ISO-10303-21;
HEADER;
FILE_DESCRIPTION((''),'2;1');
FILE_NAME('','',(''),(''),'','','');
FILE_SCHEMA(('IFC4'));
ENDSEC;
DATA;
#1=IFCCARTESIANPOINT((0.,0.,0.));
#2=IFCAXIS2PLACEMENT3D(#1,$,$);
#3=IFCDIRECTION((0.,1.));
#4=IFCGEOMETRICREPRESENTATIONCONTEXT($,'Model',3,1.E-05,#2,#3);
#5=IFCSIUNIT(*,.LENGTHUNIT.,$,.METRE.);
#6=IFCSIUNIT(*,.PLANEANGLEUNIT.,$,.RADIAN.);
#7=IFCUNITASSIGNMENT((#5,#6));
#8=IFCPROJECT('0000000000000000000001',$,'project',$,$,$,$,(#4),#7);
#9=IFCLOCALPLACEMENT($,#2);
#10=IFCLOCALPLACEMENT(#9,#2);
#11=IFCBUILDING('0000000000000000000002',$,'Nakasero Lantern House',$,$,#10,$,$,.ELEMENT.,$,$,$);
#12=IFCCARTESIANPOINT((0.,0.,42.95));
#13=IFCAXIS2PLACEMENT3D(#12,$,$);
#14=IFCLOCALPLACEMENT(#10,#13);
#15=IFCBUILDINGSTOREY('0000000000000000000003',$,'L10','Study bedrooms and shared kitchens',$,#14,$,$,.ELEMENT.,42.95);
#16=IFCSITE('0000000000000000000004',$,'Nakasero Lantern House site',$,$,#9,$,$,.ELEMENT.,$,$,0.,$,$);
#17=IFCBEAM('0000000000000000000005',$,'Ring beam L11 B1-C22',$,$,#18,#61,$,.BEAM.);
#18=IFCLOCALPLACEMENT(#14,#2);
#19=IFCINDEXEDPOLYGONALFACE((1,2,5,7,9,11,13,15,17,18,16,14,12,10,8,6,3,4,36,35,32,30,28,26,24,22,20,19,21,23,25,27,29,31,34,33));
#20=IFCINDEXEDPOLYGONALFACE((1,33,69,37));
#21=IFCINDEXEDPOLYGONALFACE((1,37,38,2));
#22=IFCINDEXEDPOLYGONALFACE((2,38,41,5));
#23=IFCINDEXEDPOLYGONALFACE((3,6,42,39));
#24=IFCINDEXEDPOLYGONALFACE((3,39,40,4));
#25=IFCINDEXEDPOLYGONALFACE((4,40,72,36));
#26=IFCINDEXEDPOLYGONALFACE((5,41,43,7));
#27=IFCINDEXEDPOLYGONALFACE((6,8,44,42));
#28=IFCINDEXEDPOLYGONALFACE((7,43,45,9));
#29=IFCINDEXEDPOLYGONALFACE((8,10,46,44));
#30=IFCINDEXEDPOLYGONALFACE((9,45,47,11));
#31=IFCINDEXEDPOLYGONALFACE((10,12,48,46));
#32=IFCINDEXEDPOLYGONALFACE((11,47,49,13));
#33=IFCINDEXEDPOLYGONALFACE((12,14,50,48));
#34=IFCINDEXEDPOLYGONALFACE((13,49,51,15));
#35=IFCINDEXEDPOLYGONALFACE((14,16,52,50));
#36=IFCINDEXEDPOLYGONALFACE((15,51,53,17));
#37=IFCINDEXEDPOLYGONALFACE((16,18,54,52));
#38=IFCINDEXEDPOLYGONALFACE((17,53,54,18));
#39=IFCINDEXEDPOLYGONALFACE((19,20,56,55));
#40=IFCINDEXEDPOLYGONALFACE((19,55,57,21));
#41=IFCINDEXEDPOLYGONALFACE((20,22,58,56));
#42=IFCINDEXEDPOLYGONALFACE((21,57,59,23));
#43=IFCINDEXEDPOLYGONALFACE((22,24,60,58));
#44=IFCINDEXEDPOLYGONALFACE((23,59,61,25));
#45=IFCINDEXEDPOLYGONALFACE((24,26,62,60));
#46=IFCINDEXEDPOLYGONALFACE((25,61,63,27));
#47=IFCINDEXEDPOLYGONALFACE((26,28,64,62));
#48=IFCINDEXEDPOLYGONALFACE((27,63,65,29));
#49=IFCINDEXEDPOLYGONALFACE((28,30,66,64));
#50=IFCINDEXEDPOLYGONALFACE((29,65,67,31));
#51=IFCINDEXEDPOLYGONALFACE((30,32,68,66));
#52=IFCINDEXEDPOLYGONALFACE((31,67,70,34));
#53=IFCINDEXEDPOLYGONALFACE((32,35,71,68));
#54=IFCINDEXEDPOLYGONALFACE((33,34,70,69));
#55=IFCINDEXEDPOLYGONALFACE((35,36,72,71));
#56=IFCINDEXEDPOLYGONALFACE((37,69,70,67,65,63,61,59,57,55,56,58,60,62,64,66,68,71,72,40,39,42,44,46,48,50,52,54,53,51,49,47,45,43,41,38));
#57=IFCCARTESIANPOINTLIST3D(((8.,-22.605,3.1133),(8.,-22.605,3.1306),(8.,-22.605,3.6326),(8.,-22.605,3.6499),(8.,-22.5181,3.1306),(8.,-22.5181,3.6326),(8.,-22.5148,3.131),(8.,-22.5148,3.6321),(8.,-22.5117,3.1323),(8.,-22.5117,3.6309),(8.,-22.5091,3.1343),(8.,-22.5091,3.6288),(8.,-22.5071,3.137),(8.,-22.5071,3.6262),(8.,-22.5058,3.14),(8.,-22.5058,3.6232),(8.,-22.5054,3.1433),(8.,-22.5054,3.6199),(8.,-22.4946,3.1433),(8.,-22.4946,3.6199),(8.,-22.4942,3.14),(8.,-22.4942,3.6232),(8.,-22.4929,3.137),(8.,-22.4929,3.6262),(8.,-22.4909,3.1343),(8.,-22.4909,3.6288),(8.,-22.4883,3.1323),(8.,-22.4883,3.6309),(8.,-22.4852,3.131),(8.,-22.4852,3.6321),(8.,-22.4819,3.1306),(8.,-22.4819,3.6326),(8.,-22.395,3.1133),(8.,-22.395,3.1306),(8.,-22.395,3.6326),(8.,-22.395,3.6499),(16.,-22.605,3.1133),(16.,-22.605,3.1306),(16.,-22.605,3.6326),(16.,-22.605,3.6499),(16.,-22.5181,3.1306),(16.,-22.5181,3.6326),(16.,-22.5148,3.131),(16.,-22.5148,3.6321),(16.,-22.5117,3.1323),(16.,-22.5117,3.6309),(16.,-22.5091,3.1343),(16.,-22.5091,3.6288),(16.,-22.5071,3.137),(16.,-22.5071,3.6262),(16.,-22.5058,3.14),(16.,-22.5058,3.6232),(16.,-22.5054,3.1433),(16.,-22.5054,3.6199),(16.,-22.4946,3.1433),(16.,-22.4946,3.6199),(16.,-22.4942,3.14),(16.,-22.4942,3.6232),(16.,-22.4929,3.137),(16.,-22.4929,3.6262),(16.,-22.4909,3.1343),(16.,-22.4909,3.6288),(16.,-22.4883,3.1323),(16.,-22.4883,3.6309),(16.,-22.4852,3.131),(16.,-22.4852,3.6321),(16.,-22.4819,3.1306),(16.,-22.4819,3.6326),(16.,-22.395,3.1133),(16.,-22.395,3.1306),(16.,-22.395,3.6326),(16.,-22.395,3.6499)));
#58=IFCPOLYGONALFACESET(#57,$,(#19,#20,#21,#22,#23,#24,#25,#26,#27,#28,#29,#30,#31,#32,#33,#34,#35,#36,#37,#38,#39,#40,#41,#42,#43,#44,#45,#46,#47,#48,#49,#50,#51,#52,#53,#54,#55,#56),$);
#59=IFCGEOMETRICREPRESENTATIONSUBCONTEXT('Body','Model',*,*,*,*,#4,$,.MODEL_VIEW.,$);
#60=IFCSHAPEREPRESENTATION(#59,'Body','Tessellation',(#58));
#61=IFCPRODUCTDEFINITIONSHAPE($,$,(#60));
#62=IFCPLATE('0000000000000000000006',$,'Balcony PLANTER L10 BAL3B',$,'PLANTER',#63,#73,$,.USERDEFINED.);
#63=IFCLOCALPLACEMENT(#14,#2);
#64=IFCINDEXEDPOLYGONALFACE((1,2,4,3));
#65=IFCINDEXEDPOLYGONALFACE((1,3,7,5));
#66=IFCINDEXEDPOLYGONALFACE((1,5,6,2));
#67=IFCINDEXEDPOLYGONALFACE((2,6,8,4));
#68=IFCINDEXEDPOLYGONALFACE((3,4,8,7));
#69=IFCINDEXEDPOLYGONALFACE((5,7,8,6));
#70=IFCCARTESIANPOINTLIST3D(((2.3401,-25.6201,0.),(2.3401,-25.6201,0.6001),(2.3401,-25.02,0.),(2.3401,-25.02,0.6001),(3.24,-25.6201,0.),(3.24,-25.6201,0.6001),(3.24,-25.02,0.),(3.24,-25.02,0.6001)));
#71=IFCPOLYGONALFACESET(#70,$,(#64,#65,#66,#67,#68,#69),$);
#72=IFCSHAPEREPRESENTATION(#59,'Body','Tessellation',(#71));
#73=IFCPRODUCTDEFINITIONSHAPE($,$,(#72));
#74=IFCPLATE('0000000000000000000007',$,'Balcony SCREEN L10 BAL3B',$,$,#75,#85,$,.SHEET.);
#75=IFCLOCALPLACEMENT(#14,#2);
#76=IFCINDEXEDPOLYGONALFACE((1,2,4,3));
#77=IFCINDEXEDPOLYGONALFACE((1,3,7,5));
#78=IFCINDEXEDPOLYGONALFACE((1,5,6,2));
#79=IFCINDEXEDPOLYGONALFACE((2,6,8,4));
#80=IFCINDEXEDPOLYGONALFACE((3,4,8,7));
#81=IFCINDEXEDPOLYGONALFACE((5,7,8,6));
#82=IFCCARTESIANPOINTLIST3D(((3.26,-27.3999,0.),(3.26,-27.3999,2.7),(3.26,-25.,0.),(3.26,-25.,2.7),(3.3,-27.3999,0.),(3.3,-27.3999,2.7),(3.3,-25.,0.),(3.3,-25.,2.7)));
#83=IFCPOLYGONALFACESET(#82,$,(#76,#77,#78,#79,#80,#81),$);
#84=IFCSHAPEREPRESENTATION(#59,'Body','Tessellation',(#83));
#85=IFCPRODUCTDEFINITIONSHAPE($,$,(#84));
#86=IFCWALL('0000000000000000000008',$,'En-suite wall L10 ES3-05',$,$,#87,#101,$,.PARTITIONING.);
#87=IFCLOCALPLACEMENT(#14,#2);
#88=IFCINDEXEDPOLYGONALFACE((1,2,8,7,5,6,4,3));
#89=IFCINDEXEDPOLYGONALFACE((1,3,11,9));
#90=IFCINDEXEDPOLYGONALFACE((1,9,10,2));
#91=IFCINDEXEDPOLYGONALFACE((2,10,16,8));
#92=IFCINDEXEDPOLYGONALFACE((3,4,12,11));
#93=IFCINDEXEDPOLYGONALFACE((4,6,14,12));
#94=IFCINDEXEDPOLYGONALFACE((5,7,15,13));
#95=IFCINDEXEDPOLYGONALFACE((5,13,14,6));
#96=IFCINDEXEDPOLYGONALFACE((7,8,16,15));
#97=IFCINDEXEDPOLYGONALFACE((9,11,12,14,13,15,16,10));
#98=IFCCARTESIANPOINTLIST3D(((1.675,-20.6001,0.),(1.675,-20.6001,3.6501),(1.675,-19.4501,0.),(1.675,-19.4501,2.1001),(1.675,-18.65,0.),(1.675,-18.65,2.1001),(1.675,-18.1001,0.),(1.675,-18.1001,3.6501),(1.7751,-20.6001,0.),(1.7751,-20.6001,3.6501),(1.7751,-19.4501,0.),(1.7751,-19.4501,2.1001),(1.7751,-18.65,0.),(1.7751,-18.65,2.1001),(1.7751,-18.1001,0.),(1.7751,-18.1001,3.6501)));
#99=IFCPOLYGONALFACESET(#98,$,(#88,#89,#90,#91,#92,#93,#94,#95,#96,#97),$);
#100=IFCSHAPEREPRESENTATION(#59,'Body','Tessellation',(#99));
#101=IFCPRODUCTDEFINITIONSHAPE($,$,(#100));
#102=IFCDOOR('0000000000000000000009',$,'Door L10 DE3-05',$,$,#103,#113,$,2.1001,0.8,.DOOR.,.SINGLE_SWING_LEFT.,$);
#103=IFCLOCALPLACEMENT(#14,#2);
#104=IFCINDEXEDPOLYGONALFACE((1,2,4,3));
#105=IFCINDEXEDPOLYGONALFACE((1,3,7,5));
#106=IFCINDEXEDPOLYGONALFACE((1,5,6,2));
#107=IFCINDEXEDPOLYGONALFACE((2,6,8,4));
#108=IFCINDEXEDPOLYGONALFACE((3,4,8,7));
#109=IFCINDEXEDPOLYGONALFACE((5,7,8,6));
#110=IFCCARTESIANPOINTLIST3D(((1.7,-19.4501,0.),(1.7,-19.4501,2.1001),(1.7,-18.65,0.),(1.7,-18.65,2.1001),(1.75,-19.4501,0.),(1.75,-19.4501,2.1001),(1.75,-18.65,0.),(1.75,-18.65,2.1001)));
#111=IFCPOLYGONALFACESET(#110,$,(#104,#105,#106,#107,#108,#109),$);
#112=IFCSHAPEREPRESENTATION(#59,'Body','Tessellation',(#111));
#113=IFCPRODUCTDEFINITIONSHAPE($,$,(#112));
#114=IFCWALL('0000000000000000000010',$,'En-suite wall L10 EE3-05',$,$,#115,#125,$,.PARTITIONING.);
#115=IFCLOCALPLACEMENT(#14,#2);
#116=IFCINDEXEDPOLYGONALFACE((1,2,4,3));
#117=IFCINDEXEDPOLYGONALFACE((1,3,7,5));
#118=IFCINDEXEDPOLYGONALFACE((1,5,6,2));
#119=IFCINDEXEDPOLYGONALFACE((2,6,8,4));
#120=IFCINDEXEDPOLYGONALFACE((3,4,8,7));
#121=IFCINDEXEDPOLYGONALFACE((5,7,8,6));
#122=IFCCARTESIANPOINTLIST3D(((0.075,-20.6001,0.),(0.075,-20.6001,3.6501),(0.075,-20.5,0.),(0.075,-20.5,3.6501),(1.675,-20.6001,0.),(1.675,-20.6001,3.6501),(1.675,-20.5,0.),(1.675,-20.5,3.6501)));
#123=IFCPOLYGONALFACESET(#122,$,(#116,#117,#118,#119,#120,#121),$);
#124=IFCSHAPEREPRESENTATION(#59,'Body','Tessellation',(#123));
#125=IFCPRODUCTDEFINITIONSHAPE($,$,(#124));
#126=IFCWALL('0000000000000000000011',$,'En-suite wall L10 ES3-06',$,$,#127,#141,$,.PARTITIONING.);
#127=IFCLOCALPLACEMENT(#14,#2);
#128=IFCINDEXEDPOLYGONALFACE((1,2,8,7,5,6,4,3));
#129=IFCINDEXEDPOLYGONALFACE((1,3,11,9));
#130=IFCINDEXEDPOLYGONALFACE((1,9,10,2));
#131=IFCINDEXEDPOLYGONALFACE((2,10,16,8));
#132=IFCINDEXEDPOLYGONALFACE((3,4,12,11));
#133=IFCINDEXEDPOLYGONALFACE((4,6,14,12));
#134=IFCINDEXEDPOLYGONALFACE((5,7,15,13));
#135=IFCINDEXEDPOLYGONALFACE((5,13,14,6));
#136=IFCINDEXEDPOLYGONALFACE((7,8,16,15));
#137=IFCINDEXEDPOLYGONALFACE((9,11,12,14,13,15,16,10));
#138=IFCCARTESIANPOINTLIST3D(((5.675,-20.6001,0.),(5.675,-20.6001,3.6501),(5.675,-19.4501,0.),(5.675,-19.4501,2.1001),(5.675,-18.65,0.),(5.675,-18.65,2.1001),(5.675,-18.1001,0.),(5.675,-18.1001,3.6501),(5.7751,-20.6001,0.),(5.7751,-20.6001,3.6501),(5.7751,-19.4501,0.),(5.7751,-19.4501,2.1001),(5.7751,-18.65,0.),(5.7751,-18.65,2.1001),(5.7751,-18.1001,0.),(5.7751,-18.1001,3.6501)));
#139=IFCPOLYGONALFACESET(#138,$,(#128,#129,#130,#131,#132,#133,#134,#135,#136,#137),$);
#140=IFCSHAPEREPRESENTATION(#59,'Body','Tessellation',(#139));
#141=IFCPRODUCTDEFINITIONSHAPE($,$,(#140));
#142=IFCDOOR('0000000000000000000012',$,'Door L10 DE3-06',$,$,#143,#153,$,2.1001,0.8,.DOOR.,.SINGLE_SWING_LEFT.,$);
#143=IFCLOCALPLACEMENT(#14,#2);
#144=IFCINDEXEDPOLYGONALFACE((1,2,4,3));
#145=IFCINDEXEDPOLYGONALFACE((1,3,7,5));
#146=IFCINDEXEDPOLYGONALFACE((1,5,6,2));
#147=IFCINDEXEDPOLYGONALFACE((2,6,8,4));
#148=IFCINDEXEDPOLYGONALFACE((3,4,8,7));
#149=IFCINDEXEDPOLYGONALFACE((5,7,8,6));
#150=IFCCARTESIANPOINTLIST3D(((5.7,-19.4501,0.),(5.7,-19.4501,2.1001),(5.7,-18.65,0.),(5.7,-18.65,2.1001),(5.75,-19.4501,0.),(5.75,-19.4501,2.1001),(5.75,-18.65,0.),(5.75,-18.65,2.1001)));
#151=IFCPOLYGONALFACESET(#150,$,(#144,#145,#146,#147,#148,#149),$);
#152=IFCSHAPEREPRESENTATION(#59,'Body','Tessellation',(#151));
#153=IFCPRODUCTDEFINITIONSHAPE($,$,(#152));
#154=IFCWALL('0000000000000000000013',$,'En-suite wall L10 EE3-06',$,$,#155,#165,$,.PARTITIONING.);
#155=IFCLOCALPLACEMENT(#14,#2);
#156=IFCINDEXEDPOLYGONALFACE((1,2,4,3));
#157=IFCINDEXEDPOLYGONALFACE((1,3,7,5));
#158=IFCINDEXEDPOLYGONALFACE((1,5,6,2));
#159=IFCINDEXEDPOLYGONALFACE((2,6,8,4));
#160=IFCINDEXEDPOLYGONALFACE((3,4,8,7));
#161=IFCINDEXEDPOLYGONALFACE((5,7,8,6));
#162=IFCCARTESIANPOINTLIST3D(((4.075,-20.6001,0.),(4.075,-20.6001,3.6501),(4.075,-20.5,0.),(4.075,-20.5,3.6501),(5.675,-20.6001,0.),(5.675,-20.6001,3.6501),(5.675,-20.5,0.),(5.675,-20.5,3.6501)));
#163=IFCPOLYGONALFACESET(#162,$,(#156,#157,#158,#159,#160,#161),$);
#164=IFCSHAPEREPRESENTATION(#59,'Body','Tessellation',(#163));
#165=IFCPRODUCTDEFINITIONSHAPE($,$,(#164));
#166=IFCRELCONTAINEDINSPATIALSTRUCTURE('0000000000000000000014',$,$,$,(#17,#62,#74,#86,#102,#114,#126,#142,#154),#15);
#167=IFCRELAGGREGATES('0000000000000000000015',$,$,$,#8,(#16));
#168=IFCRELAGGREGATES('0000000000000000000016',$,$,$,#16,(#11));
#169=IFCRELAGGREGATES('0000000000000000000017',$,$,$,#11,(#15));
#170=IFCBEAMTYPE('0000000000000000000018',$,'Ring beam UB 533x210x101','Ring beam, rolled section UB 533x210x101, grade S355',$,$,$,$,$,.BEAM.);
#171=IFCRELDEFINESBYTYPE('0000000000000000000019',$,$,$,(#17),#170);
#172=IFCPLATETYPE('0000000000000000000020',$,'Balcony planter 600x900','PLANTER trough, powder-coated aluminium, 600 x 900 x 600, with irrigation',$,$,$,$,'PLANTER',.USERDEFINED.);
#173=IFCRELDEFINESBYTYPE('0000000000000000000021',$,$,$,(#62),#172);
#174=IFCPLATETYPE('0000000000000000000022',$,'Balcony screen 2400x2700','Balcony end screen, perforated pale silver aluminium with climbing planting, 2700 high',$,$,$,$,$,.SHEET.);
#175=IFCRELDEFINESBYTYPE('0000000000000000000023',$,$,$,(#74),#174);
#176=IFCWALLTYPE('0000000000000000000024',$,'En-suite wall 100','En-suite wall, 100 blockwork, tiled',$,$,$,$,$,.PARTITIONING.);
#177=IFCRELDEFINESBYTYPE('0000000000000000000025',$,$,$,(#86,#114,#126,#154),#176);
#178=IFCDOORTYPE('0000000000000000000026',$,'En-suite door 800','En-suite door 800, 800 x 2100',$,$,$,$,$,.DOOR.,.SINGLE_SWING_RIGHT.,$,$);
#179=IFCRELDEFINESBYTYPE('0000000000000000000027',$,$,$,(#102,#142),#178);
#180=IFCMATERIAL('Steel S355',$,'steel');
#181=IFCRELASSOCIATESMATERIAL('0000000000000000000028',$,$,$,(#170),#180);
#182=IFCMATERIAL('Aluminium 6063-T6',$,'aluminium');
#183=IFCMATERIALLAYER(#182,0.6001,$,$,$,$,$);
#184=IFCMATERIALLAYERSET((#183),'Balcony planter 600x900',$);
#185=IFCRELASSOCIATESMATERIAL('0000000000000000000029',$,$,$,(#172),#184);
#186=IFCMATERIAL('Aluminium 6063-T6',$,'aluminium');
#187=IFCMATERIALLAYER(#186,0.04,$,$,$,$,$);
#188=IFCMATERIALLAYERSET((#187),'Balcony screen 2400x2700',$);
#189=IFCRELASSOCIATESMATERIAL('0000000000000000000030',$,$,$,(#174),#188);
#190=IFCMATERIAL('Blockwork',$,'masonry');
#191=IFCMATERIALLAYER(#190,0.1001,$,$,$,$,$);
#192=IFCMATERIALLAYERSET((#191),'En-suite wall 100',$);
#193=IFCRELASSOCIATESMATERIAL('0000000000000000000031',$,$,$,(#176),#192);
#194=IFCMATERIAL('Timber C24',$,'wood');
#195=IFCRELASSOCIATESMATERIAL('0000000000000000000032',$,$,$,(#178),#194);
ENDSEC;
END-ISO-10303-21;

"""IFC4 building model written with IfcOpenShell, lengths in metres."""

from ifc_helpers import new_model, si_unit, direction, frame, frame_2d, origin, origin_2d, place, context, subcontext, project, spatial, rectangle, i_section, extrude, material, layer, layer_set, material_profile, profile_set, type_object, element, fill, save


model = new_model("IFC4")

# Units and contexts
model_context = context("Model", 3, precision=1e-05, world=origin(), true_north=direction((0.0, 1.0)))
body_context = subcontext(model_context, "Body", "Model", "MODEL_VIEW")
ifc_project = project(units=[si_unit("LENGTHUNIT", "METRE"), si_unit("PLANEANGLEUNIT", "RADIAN")], contexts=[model_context])

# Site, building, storey
site_placement = place(None, origin())
site = spatial("IfcSite", under=ifc_project, at=site_placement, Name="Nakasero Lantern House site", CompositionType="ELEMENT", RefElevation=0.0)
building_placement = place(site_placement, origin())
building = spatial("IfcBuilding", under=site, at=building_placement, Name="Nakasero Lantern House", CompositionType="ELEMENT")
storey_placement = place(building_placement, frame((0.0, 0.0, 42.95)))
storey = spatial("IfcBuildingStorey", under=building, at=storey_placement, Name="L10", Description="Study bedrooms and shared kitchens", CompositionType="ELEMENT", Elevation=42.95)

# Beam
ifc_material_1 = material(Name="Steel S355", Category="steel")
ifc_material_profile_1 = material_profile(ifc_material_1, i_section(OverallWidth=0.21, OverallDepth=0.5366, WebThickness=0.0107, FlangeThickness=0.0173, FilletRadius=0.0127, at=origin_2d()), Name="UB 533x210x101")
ifc_profile_set_1 = profile_set([ifc_material_profile_1], Name="Steel S355")
beam_type_1 = type_object("IfcBeamType", Name="Ring beam UB 533x210x101", Description="Ring beam, rolled section UB 533x210x101, grade S355", PredefinedType="BEAM", material=ifc_profile_set_1)
beam_1_placement = place(storey_placement, frame((8.0, -22.5, 3.3816), z_axis=(1.0, 0.0, 0.0), x_axis=(0.0, 1.0, 0.0)))
element("IfcBeam", 1, at=beam_1_placement, inside=storey, type_object=beam_type_1, Name="Ring beam L11 B1-C22", PredefinedType="BEAM", context=body_context, shape_type="SweptSolid", body=[
    extrude(i_section(OverallWidth=0.21, OverallDepth=0.5366, WebThickness=0.0107, FlangeThickness=0.0173, FilletRadius=0.0127, at=origin_2d()), origin(), (0.0, 0.0, 1.0), 8.0),
])

# Plates
ifc_material_2 = material(Name="Aluminium 6063-T6", Category="aluminium")
ifc_layer_1 = layer(ifc_material_2, 0.6001)
ifc_layer_set_1 = layer_set([ifc_layer_1], Name="Balcony planter 600x900")
plate_type_1 = type_object("IfcPlateType", Name="Balcony planter 600x900", Description="PLANTER trough, powder-coated aluminium, 600 x 900 x 600, with irrigation", ElementType="PLANTER", PredefinedType="USERDEFINED", material=ifc_layer_set_1)
plate_1_placement = place(storey_placement, frame((2.79, -25.3201, 0.0), z_axis=(0.0, 0.0, 1.0), x_axis=(0.0, -1.0, 0.0)))
element("IfcPlate", 2, at=plate_1_placement, inside=storey, type_object=plate_type_1, Name="Balcony PLANTER L10 BAL3B", ObjectType="PLANTER", PredefinedType="USERDEFINED", context=body_context, shape_type="SweptSolid", body=[
    extrude(rectangle(XDim=0.6001, YDim=0.8999, at=origin_2d()), origin(), (0.0, 0.0, 1.0), 0.6001),
])
ifc_material_3 = material(Name="Aluminium 6063-T6", Category="aluminium")
ifc_layer_2 = layer(ifc_material_3, 0.04)
ifc_layer_set_2 = layer_set([ifc_layer_2], Name="Balcony screen 2400x2700")
plate_type_2 = type_object("IfcPlateType", Name="Balcony screen 2400x2700", Description="Balcony end screen, perforated pale silver aluminium with climbing planting, 2700 high", PredefinedType="SHEET", material=ifc_layer_set_2)
plate_2_placement = place(storey_placement, frame((3.28, -26.2, 0.0), z_axis=(0.0, 0.0, 1.0), x_axis=(0.0, -1.0, 0.0)))
element("IfcPlate", 3, at=plate_2_placement, inside=storey, type_object=plate_type_2, Name="Balcony SCREEN L10 BAL3B", PredefinedType="SHEET", context=body_context, shape_type="SweptSolid", body=[
    extrude(rectangle(XDim=2.3999, YDim=0.04, at=origin_2d()), origin(), (0.0, 0.0, 1.0), 2.7),
])

# Wall, opening, door
ifc_material_4 = material(Name="Blockwork", Category="masonry")
ifc_layer_3 = layer(ifc_material_4, 0.1001)
ifc_layer_set_3 = layer_set([ifc_layer_3], Name="En-suite wall 100")
wall_type_1 = type_object("IfcWallType", Name="En-suite wall 100", Description="En-suite wall, 100 blockwork, tiled", PredefinedType="PARTITIONING", material=ifc_layer_set_3)
wall_1_placement = place(storey_placement, frame((1.7251, -18.1001, 0.0), z_axis=(0.0, 0.0, 1.0), x_axis=(0.0, -1.0, 0.0)))
wall_1 = element("IfcWall", 4, at=wall_1_placement, inside=storey, type_object=wall_type_1, Name="En-suite wall L10 ES3-05", PredefinedType="PARTITIONING", context=body_context, shape_type="SweptSolid", body=[
    extrude(rectangle(XDim=2.5, YDim=0.1001, at=frame_2d((1.25, 0.0))), origin(), (0.0, 0.0, 1.0), 3.6501),
])
opening_1_placement = place(wall_1_placement, frame((0.55, 0.0, 0.0)))
opening_1 = element("IfcOpeningElement", 5, at=opening_1_placement, cuts=wall_1, PredefinedType="OPENING", context=body_context, shape_type="SweptSolid", body=[
    extrude(rectangle(XDim=0.8, YDim=2.1001, at=frame_2d((0.3999, 1.05))), frame((0.0, 0.0701, 0.0), z_axis=(0.0, -1.0, 0.0), x_axis=(1.0, 0.0, 0.0)), (0.0, 0.0, 1.0), 0.1401),
])
ifc_material_5 = material(Name="Timber C24", Category="wood")
door_type = type_object("IfcDoorType", Name="En-suite door 800", Description="En-suite door 800, 800 x 2100", OperationType="SINGLE_SWING_RIGHT", PredefinedType="DOOR", material=ifc_material_5)
door_1_placement = place(opening_1_placement, origin())
door_1 = element("IfcDoor", 6, at=door_1_placement, inside=storey, type_object=door_type, Name="Door L10 DE3-05", OperationType="SINGLE_SWING_LEFT", OverallHeight=2.1001, OverallWidth=0.8, PredefinedType="DOOR", context=body_context, shape_type="SweptSolid", body=[
    extrude(rectangle(XDim=0.8, YDim=2.1001, at=frame_2d((0.3999, 1.05))), frame((0.0, 0.0249, 0.0), z_axis=(0.0, -1.0, 0.0), x_axis=(1.0, 0.0, 0.0)), (0.0, 0.0, 1.0), 0.05),
])
fill(opening_1, door_1)

# Wall
wall_2_placement = place(storey_placement, frame((0.075, -20.55, 0.0), z_axis=(0.0, 0.0, 1.0), x_axis=(1.0, 0.0, 0.0)))
element("IfcWall", 7, at=wall_2_placement, inside=storey, type_object=wall_type_1, Name="En-suite wall L10 EE3-05", PredefinedType="PARTITIONING", context=body_context, shape_type="SweptSolid", body=[
    extrude(rectangle(XDim=1.6001, YDim=0.1001, at=frame_2d((0.8, 0.0))), origin(), (0.0, 0.0, 1.0), 3.6501),
])

# Wall, opening, door
wall_3_placement = place(storey_placement, frame((5.7251, -18.1001, 0.0), z_axis=(0.0, 0.0, 1.0), x_axis=(0.0, -1.0, 0.0)))
wall_3 = element("IfcWall", 8, at=wall_3_placement, inside=storey, type_object=wall_type_1, Name="En-suite wall L10 ES3-06", PredefinedType="PARTITIONING", context=body_context, shape_type="SweptSolid", body=[
    extrude(rectangle(XDim=2.5, YDim=0.1001, at=frame_2d((1.25, 0.0))), origin(), (0.0, 0.0, 1.0), 3.6501),
])
opening_2_placement = place(wall_3_placement, frame((0.55, 0.0, 0.0)))
opening_2 = element("IfcOpeningElement", 9, at=opening_2_placement, cuts=wall_3, PredefinedType="OPENING", context=body_context, shape_type="SweptSolid", body=[
    extrude(rectangle(XDim=0.8, YDim=2.1001, at=frame_2d((0.3999, 1.05))), frame((0.0, 0.0701, 0.0), z_axis=(0.0, -1.0, 0.0), x_axis=(1.0, 0.0, 0.0)), (0.0, 0.0, 1.0), 0.1401),
])
door_2_placement = place(opening_2_placement, origin())
door_2 = element("IfcDoor", 10, at=door_2_placement, inside=storey, type_object=door_type, Name="Door L10 DE3-06", OperationType="SINGLE_SWING_LEFT", OverallHeight=2.1001, OverallWidth=0.8, PredefinedType="DOOR", context=body_context, shape_type="SweptSolid", body=[
    extrude(rectangle(XDim=0.8, YDim=2.1001, at=frame_2d((0.3999, 1.05))), frame((0.0, 0.0249, 0.0), z_axis=(0.0, -1.0, 0.0), x_axis=(1.0, 0.0, 0.0)), (0.0, 0.0, 1.0), 0.05),
])
fill(opening_2, door_2)

# Wall
wall_4_placement = place(storey_placement, frame((4.075, -20.55, 0.0), z_axis=(0.0, 0.0, 1.0), x_axis=(1.0, 0.0, 0.0)))
element("IfcWall", 11, at=wall_4_placement, inside=storey, type_object=wall_type_1, Name="En-suite wall L10 EE3-06", PredefinedType="PARTITIONING", context=body_context, shape_type="SweptSolid", body=[
    extrude(rectangle(XDim=1.6001, YDim=0.1001, at=frame_2d((0.8, 0.0))), origin(), (0.0, 0.0, 1.0), 3.6501),
])

save(model, "model.ifc")
